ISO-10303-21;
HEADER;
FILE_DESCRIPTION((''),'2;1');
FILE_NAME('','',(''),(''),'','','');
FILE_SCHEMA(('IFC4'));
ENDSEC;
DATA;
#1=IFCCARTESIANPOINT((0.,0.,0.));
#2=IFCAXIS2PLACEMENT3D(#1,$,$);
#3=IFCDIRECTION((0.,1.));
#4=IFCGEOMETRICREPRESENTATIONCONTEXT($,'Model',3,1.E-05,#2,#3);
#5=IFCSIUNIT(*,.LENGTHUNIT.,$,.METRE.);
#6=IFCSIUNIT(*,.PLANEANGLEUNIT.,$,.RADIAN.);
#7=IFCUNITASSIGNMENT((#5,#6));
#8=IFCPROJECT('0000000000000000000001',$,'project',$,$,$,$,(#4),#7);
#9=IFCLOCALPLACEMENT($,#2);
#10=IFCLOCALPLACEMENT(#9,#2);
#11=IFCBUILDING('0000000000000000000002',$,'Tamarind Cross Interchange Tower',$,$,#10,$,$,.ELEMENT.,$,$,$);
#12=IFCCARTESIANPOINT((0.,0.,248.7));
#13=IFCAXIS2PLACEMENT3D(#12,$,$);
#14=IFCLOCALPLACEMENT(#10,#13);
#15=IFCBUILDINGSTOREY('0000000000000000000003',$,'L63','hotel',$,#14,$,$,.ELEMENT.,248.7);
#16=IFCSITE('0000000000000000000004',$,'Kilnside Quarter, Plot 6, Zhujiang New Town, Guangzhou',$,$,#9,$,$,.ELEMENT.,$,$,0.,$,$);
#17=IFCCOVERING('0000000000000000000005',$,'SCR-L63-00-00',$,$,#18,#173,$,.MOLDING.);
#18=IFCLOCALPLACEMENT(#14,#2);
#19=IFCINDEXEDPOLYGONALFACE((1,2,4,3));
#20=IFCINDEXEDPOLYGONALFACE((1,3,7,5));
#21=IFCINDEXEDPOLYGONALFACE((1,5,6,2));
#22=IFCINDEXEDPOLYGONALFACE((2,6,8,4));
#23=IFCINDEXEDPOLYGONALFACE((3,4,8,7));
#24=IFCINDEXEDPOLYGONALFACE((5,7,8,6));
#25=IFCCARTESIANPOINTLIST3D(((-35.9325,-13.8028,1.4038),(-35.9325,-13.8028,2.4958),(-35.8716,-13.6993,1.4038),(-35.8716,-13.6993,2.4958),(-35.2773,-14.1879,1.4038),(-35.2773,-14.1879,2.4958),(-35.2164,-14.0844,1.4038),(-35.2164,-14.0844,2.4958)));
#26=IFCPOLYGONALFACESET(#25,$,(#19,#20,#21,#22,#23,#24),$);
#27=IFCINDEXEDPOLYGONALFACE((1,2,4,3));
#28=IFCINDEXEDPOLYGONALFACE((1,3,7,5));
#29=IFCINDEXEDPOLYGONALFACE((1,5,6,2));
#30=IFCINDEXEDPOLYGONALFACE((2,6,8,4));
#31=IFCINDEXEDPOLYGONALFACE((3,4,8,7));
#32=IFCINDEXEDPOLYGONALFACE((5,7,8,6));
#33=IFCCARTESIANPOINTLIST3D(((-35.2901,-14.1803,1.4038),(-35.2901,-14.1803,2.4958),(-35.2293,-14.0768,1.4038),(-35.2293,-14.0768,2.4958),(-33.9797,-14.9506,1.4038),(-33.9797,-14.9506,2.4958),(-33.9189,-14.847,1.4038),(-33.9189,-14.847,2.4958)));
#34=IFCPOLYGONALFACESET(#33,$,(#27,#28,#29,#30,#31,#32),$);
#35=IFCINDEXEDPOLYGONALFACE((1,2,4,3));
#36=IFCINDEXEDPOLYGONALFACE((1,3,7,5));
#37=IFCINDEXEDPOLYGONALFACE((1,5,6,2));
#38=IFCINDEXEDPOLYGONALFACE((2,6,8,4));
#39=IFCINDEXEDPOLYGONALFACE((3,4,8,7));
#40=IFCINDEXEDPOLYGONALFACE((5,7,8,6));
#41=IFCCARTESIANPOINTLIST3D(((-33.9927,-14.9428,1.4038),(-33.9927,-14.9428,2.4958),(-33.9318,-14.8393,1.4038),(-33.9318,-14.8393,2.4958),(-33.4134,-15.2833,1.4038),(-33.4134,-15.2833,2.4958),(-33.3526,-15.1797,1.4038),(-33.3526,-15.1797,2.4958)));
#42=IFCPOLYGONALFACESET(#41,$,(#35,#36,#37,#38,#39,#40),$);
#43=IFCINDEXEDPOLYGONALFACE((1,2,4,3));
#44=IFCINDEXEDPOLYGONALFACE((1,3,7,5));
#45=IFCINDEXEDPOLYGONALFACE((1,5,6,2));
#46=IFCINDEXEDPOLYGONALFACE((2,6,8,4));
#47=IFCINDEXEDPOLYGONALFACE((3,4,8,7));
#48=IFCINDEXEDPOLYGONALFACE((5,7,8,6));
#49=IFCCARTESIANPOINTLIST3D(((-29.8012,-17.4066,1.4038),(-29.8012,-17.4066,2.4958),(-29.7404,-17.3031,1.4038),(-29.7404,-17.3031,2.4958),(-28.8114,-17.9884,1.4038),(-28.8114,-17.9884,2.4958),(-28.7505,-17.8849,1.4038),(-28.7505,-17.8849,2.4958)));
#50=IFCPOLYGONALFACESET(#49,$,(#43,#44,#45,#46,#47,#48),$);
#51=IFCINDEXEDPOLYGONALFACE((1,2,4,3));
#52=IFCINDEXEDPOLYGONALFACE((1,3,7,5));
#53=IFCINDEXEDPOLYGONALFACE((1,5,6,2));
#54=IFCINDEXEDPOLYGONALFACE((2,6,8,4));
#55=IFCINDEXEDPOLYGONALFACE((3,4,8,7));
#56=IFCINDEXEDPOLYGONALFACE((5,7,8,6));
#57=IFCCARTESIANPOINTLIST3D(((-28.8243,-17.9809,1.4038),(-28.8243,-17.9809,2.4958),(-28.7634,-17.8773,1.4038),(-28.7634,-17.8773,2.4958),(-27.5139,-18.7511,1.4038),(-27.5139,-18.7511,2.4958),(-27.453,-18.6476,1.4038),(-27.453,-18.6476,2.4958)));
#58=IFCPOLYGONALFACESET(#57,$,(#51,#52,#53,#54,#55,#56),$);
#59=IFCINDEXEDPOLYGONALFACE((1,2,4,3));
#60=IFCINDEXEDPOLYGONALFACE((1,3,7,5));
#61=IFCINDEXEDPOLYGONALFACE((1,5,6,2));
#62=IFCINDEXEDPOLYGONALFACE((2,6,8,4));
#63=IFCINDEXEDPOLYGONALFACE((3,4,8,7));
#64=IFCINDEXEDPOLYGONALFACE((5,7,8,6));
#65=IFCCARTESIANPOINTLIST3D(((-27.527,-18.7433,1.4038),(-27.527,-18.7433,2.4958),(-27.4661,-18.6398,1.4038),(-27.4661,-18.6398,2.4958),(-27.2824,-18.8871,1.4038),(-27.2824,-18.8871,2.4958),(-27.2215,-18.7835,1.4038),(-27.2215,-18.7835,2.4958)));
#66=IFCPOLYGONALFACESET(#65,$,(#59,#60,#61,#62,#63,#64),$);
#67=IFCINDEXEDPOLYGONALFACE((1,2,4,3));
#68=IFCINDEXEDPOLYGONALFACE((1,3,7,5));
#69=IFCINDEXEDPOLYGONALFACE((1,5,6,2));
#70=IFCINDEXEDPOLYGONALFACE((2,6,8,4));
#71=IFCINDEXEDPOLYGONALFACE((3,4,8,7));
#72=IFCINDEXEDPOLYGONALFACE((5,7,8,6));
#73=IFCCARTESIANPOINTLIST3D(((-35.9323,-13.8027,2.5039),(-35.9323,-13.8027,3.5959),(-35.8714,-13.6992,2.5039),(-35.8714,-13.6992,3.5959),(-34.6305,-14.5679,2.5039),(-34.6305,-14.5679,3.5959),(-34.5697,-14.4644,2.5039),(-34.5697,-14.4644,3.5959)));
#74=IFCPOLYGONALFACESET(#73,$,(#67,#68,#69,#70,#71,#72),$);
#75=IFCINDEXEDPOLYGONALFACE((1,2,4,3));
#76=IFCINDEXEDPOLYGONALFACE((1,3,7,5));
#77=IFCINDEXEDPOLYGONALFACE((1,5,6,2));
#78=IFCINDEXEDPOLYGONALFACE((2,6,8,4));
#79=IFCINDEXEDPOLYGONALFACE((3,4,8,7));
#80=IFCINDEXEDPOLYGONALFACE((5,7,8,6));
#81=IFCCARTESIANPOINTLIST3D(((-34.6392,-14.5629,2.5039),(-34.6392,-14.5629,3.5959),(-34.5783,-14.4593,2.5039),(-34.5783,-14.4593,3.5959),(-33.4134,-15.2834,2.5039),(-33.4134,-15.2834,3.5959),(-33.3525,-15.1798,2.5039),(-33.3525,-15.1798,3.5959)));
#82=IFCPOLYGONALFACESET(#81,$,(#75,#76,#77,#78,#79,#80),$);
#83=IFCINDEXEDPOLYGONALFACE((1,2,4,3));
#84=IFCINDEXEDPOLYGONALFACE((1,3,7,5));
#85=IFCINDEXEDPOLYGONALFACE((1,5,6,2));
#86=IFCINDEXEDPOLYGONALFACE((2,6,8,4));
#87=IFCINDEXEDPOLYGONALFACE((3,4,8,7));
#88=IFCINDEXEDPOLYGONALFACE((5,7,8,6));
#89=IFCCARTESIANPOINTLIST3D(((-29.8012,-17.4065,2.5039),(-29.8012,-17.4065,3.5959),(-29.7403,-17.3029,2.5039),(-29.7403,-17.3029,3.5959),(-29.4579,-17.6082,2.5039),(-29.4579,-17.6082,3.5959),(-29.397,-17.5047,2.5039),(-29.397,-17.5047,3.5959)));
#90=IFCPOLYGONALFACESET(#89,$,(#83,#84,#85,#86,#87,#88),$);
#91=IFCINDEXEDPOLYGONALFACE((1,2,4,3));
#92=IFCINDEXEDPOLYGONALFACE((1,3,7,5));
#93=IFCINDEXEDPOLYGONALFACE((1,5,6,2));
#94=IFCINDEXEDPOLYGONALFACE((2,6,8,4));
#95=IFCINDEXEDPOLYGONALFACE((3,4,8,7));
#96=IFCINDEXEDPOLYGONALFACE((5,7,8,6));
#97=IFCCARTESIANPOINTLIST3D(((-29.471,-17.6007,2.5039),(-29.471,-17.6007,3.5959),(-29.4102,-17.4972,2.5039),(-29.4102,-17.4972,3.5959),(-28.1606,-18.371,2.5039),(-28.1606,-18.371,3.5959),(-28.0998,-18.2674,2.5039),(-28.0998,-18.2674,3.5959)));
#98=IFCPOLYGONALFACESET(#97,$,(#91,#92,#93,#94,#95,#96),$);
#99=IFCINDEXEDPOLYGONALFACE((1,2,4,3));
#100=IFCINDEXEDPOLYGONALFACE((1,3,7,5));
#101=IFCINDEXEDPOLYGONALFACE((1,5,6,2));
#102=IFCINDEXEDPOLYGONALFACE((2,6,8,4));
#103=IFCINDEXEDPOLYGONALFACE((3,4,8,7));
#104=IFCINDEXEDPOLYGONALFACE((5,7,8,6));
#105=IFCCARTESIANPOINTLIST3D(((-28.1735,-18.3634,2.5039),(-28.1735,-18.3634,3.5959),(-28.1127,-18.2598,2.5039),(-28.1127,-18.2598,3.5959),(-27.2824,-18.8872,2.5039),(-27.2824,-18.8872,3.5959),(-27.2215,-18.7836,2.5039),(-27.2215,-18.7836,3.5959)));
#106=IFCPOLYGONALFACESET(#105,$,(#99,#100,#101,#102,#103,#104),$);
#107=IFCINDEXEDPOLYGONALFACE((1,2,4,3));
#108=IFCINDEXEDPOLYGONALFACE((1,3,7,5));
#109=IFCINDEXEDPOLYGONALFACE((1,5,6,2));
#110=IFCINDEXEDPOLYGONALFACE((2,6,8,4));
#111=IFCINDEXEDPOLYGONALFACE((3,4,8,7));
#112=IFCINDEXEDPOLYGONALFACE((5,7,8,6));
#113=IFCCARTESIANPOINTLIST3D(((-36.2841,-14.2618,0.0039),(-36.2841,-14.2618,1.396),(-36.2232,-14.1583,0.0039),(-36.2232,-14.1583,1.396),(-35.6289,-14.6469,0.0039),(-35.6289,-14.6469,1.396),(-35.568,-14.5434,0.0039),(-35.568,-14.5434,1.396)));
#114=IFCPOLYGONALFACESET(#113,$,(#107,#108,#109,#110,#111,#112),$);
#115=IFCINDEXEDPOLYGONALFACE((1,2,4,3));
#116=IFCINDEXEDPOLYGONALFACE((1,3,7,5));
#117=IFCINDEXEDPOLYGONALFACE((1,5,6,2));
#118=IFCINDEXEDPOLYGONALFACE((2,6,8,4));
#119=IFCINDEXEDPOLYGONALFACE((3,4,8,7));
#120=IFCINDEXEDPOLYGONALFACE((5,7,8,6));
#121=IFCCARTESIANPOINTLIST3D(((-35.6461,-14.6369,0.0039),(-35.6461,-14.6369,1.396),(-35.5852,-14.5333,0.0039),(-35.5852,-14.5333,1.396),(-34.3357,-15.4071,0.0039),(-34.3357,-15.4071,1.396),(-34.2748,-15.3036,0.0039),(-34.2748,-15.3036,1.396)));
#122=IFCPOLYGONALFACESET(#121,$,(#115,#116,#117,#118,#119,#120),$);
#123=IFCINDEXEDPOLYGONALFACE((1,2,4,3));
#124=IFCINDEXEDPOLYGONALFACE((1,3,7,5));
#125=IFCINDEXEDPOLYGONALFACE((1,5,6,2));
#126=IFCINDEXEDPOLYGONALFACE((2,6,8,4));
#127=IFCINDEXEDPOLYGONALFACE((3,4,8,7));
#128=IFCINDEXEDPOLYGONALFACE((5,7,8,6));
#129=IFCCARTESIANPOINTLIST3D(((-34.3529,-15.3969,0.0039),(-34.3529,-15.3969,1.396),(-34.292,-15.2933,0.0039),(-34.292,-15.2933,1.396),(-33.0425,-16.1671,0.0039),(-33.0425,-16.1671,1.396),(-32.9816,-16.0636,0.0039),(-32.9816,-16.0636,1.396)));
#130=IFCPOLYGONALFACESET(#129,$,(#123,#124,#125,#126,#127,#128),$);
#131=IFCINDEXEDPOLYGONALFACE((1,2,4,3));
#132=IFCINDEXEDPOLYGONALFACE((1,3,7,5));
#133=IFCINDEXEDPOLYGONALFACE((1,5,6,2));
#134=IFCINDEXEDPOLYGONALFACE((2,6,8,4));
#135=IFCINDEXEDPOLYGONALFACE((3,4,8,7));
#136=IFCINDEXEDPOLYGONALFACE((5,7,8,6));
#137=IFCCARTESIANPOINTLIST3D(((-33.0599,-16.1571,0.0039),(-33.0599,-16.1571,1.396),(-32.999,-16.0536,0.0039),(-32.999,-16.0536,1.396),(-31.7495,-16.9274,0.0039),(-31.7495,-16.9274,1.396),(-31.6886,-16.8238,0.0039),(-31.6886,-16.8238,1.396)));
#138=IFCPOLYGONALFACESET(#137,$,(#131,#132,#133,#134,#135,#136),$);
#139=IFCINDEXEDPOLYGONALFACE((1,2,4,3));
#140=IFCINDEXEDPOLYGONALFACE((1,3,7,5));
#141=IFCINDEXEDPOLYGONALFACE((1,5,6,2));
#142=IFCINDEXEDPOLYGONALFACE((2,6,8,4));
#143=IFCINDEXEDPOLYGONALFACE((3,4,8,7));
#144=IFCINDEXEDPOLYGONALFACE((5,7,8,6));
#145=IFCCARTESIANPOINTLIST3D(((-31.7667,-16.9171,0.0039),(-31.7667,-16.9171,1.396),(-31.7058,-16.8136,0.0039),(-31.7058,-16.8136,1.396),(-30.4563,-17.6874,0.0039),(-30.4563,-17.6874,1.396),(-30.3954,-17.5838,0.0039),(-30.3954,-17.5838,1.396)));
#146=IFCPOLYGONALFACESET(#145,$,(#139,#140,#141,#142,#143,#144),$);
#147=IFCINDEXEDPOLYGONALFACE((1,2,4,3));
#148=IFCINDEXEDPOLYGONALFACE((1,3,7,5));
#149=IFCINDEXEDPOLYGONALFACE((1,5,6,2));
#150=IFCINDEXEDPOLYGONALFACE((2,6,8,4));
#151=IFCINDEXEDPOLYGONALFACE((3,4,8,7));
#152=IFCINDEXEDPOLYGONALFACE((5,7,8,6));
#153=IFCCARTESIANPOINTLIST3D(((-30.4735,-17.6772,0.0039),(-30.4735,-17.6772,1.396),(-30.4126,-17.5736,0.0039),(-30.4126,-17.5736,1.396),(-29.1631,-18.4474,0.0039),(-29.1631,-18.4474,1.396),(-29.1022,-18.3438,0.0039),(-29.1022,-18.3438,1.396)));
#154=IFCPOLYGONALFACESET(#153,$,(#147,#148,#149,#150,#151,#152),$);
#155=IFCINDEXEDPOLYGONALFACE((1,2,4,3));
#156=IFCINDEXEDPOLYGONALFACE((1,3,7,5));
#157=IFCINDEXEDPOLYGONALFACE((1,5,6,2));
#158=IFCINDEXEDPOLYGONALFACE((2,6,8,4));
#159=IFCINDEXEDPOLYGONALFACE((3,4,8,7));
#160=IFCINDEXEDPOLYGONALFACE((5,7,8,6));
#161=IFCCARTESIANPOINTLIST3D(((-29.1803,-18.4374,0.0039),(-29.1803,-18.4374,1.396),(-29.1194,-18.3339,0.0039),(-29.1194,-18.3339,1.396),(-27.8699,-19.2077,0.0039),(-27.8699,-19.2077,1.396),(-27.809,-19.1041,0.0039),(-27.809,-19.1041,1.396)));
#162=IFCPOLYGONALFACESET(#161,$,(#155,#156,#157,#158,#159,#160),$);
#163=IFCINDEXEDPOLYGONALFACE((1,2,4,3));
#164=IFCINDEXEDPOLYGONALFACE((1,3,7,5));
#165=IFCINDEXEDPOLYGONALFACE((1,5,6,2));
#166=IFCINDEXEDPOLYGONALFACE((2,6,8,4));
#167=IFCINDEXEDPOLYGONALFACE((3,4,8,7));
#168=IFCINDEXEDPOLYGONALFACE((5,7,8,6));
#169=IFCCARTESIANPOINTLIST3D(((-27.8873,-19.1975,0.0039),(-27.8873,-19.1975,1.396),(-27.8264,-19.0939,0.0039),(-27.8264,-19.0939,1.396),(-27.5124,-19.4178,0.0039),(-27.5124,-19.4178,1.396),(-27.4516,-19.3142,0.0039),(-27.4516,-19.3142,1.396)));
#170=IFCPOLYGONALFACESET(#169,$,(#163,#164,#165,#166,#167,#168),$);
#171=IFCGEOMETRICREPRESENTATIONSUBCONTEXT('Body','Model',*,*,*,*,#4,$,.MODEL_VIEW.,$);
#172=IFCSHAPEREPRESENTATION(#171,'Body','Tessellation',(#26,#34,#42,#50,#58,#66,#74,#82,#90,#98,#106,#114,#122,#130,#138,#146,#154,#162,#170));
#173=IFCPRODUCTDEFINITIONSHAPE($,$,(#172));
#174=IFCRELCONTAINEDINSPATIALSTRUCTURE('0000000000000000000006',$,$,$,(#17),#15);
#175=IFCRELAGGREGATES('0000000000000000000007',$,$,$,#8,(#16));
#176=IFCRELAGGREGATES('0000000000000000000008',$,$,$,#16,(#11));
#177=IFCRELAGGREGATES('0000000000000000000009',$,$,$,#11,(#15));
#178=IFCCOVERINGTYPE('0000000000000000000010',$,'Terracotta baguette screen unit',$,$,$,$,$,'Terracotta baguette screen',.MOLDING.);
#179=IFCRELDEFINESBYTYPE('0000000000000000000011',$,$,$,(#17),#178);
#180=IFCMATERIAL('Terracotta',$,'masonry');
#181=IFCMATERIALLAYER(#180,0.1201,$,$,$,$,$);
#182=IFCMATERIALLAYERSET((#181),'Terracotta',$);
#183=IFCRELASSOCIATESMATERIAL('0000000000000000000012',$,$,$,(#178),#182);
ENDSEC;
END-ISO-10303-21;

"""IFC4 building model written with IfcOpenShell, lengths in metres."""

from ifc_helpers import new_model, si_unit, direction, frame, origin, origin_2d, place, context, subcontext, project, spatial, rectangle, extrude, material, layer, layer_set, type_object, element, save


model = new_model("IFC4")

# Units and contexts
model_context = context("Model", 3, precision=1e-05, world=origin(), true_north=direction((0.0, 1.0)))
body_context = subcontext(model_context, "Body", "Model", "MODEL_VIEW")
ifc_project = project(units=[si_unit("LENGTHUNIT", "METRE"), si_unit("PLANEANGLEUNIT", "RADIAN")], contexts=[model_context])

# Site, building, storey
site_placement = place(None, origin())
site = spatial("IfcSite", under=ifc_project, at=site_placement, Name="Kilnside Quarter, Plot 6, Zhujiang New Town, Guangzhou", CompositionType="ELEMENT", RefElevation=0.0)
building_placement = place(site_placement, origin())
building = spatial("IfcBuilding", under=site, at=building_placement, Name="Tamarind Cross Interchange Tower", CompositionType="ELEMENT")
storey_placement = place(building_placement, frame((0.0, 0.0, 248.7)))
storey = spatial("IfcBuildingStorey", under=building, at=storey_placement, Name="L63", Description="hotel", CompositionType="ELEMENT", Elevation=248.7)

# Covering
ifc_material_1 = material(Name="Terracotta", Category="masonry")
ifc_layer_1 = layer(ifc_material_1, 0.1201)
ifc_layer_set_1 = layer_set([ifc_layer_1], Name="Terracotta")
covering_type = type_object("IfcCoveringType", Name="Terracotta baguette screen unit", ElementType="Terracotta baguette screen", PredefinedType="MOLDING", material=ifc_layer_set_1)
covering_placement = place(storey_placement, origin())
element("IfcCovering", 1, at=covering_placement, inside=storey, type_object=covering_type, Name="SCR-L63-00-00", PredefinedType="MOLDING", context=body_context, shape_type="SweptSolid", body=[
    extrude(rectangle(XDim=0.76, YDim=0.1201, at=origin_2d()), frame((-35.5745, -13.9436, 1.4038), z_axis=(0.0, 0.0, 1.0), x_axis=(0.862104, -0.506732, 0.0)), (0.0, 0.0, 1.0), 1.092),
    extrude(rectangle(XDim=1.52, YDim=0.1201, at=origin_2d()), frame((-34.6045, -14.5137, 1.4038), z_axis=(0.0, 0.0, 1.0), x_axis=(0.862104, -0.506732, 0.0)), (0.0, 0.0, 1.0), 1.092),
    extrude(rectangle(XDim=0.6719, YDim=0.1201, at=origin_2d()), frame((-33.6726, -15.0613, 1.4038), z_axis=(0.0, 0.0, 1.0), x_axis=(0.862104, -0.506732, 0.0)), (0.0, 0.0, 1.0), 1.092),
    extrude(rectangle(XDim=1.1482, YDim=0.1201, at=origin_2d()), frame((-29.2759, -17.6458, 1.4038), z_axis=(0.0, 0.0, 1.0), x_axis=(0.862104, -0.506732, 0.0)), (0.0, 0.0, 1.0), 1.092),
    extrude(rectangle(XDim=1.52, YDim=0.1201, at=origin_2d()), frame((-28.1387, -18.3142, 1.4038), z_axis=(0.0, 0.0, 1.0), x_axis=(0.862104, -0.506732, 0.0)), (0.0, 0.0, 1.0), 1.092),
    extrude(rectangle(XDim=0.2837, YDim=0.1201, at=origin_2d()), frame((-27.3743, -18.7634, 1.4038), z_axis=(0.0, 0.0, 1.0), x_axis=(0.862104, -0.506732, 0.0)), (0.0, 0.0, 1.0), 1.092),
    extrude(rectangle(XDim=1.51, YDim=0.1201, at=origin_2d()), frame((-35.251, -14.1335, 2.5039), z_axis=(0.0, 0.0, 1.0), x_axis=(0.862104, -0.506732, 0.0)), (0.0, 0.0, 1.0), 1.092),
    extrude(rectangle(XDim=1.4219, YDim=0.1201, at=origin_2d()), frame((-33.9958, -14.8713, 2.5039), z_axis=(0.0, 0.0, 1.0), x_axis=(0.862104, -0.506732, 0.0)), (0.0, 0.0, 1.0), 1.092),
    extrude(rectangle(XDim=0.3982, YDim=0.1201, at=origin_2d()), frame((-29.5991, -17.4556, 2.5039), z_axis=(0.0, 0.0, 1.0), x_axis=(0.862104, -0.506732, 0.0)), (0.0, 0.0, 1.0), 1.092),
    extrude(rectangle(XDim=1.52, YDim=0.1201, at=origin_2d()), frame((-28.7854, -17.9341, 2.5039), z_axis=(0.0, 0.0, 1.0), x_axis=(0.862104, -0.506732, 0.0)), (0.0, 0.0, 1.0), 1.092),
    extrude(rectangle(XDim=1.0337, YDim=0.1201, at=origin_2d()), frame((-27.6975, -18.5735, 2.5039), z_axis=(0.0, 0.0, 1.0), x_axis=(0.862104, -0.506732, 0.0)), (0.0, 0.0, 1.0), 1.092),
    extrude(rectangle(XDim=0.76, YDim=0.1201, at=origin_2d()), frame((-35.926, -14.4026, 0.0039), z_axis=(0.0, 0.0, 1.0), x_axis=(0.862104, -0.506732, 0.0)), (0.0, 0.0, 1.0), 1.3921),
    extrude(rectangle(XDim=1.52, YDim=0.1201, at=origin_2d()), frame((-34.9604, -14.9702, 0.0039), z_axis=(0.0, 0.0, 1.0), x_axis=(0.862104, -0.506732, 0.0)), (0.0, 0.0, 1.0), 1.3921),
    extrude(rectangle(XDim=1.52, YDim=0.1201, at=origin_2d()), frame((-33.6672, -15.7302, 0.0039), z_axis=(0.0, 0.0, 1.0), x_axis=(0.862104, -0.506732, 0.0)), (0.0, 0.0, 1.0), 1.3921),
    extrude(rectangle(XDim=1.52, YDim=0.1201, at=origin_2d()), frame((-32.3743, -16.4905, 0.0039), z_axis=(0.0, 0.0, 1.0), x_axis=(0.862104, -0.506732, 0.0)), (0.0, 0.0, 1.0), 1.3921),
    extrude(rectangle(XDim=1.52, YDim=0.1201, at=origin_2d()), frame((-31.0811, -17.2505, 0.0039), z_axis=(0.0, 0.0, 1.0), x_axis=(0.862104, -0.506732, 0.0)), (0.0, 0.0, 1.0), 1.3921),
    extrude(rectangle(XDim=1.52, YDim=0.1201, at=origin_2d()), frame((-29.7878, -18.0105, 0.0039), z_axis=(0.0, 0.0, 1.0), x_axis=(0.862104, -0.506732, 0.0)), (0.0, 0.0, 1.0), 1.3921),
    extrude(rectangle(XDim=1.52, YDim=0.1201, at=origin_2d()), frame((-28.4946, -18.7708, 0.0039), z_axis=(0.0, 0.0, 1.0), x_axis=(0.862104, -0.506732, 0.0)), (0.0, 0.0, 1.0), 1.3921),
    extrude(rectangle(XDim=0.4348, YDim=0.1201, at=origin_2d()), frame((-27.6694, -19.2559, 0.0039), z_axis=(0.0, 0.0, 1.0), x_axis=(0.862104, -0.506732, 0.0)), (0.0, 0.0, 1.0), 1.3921),
])

save(model, "model.ifc")
